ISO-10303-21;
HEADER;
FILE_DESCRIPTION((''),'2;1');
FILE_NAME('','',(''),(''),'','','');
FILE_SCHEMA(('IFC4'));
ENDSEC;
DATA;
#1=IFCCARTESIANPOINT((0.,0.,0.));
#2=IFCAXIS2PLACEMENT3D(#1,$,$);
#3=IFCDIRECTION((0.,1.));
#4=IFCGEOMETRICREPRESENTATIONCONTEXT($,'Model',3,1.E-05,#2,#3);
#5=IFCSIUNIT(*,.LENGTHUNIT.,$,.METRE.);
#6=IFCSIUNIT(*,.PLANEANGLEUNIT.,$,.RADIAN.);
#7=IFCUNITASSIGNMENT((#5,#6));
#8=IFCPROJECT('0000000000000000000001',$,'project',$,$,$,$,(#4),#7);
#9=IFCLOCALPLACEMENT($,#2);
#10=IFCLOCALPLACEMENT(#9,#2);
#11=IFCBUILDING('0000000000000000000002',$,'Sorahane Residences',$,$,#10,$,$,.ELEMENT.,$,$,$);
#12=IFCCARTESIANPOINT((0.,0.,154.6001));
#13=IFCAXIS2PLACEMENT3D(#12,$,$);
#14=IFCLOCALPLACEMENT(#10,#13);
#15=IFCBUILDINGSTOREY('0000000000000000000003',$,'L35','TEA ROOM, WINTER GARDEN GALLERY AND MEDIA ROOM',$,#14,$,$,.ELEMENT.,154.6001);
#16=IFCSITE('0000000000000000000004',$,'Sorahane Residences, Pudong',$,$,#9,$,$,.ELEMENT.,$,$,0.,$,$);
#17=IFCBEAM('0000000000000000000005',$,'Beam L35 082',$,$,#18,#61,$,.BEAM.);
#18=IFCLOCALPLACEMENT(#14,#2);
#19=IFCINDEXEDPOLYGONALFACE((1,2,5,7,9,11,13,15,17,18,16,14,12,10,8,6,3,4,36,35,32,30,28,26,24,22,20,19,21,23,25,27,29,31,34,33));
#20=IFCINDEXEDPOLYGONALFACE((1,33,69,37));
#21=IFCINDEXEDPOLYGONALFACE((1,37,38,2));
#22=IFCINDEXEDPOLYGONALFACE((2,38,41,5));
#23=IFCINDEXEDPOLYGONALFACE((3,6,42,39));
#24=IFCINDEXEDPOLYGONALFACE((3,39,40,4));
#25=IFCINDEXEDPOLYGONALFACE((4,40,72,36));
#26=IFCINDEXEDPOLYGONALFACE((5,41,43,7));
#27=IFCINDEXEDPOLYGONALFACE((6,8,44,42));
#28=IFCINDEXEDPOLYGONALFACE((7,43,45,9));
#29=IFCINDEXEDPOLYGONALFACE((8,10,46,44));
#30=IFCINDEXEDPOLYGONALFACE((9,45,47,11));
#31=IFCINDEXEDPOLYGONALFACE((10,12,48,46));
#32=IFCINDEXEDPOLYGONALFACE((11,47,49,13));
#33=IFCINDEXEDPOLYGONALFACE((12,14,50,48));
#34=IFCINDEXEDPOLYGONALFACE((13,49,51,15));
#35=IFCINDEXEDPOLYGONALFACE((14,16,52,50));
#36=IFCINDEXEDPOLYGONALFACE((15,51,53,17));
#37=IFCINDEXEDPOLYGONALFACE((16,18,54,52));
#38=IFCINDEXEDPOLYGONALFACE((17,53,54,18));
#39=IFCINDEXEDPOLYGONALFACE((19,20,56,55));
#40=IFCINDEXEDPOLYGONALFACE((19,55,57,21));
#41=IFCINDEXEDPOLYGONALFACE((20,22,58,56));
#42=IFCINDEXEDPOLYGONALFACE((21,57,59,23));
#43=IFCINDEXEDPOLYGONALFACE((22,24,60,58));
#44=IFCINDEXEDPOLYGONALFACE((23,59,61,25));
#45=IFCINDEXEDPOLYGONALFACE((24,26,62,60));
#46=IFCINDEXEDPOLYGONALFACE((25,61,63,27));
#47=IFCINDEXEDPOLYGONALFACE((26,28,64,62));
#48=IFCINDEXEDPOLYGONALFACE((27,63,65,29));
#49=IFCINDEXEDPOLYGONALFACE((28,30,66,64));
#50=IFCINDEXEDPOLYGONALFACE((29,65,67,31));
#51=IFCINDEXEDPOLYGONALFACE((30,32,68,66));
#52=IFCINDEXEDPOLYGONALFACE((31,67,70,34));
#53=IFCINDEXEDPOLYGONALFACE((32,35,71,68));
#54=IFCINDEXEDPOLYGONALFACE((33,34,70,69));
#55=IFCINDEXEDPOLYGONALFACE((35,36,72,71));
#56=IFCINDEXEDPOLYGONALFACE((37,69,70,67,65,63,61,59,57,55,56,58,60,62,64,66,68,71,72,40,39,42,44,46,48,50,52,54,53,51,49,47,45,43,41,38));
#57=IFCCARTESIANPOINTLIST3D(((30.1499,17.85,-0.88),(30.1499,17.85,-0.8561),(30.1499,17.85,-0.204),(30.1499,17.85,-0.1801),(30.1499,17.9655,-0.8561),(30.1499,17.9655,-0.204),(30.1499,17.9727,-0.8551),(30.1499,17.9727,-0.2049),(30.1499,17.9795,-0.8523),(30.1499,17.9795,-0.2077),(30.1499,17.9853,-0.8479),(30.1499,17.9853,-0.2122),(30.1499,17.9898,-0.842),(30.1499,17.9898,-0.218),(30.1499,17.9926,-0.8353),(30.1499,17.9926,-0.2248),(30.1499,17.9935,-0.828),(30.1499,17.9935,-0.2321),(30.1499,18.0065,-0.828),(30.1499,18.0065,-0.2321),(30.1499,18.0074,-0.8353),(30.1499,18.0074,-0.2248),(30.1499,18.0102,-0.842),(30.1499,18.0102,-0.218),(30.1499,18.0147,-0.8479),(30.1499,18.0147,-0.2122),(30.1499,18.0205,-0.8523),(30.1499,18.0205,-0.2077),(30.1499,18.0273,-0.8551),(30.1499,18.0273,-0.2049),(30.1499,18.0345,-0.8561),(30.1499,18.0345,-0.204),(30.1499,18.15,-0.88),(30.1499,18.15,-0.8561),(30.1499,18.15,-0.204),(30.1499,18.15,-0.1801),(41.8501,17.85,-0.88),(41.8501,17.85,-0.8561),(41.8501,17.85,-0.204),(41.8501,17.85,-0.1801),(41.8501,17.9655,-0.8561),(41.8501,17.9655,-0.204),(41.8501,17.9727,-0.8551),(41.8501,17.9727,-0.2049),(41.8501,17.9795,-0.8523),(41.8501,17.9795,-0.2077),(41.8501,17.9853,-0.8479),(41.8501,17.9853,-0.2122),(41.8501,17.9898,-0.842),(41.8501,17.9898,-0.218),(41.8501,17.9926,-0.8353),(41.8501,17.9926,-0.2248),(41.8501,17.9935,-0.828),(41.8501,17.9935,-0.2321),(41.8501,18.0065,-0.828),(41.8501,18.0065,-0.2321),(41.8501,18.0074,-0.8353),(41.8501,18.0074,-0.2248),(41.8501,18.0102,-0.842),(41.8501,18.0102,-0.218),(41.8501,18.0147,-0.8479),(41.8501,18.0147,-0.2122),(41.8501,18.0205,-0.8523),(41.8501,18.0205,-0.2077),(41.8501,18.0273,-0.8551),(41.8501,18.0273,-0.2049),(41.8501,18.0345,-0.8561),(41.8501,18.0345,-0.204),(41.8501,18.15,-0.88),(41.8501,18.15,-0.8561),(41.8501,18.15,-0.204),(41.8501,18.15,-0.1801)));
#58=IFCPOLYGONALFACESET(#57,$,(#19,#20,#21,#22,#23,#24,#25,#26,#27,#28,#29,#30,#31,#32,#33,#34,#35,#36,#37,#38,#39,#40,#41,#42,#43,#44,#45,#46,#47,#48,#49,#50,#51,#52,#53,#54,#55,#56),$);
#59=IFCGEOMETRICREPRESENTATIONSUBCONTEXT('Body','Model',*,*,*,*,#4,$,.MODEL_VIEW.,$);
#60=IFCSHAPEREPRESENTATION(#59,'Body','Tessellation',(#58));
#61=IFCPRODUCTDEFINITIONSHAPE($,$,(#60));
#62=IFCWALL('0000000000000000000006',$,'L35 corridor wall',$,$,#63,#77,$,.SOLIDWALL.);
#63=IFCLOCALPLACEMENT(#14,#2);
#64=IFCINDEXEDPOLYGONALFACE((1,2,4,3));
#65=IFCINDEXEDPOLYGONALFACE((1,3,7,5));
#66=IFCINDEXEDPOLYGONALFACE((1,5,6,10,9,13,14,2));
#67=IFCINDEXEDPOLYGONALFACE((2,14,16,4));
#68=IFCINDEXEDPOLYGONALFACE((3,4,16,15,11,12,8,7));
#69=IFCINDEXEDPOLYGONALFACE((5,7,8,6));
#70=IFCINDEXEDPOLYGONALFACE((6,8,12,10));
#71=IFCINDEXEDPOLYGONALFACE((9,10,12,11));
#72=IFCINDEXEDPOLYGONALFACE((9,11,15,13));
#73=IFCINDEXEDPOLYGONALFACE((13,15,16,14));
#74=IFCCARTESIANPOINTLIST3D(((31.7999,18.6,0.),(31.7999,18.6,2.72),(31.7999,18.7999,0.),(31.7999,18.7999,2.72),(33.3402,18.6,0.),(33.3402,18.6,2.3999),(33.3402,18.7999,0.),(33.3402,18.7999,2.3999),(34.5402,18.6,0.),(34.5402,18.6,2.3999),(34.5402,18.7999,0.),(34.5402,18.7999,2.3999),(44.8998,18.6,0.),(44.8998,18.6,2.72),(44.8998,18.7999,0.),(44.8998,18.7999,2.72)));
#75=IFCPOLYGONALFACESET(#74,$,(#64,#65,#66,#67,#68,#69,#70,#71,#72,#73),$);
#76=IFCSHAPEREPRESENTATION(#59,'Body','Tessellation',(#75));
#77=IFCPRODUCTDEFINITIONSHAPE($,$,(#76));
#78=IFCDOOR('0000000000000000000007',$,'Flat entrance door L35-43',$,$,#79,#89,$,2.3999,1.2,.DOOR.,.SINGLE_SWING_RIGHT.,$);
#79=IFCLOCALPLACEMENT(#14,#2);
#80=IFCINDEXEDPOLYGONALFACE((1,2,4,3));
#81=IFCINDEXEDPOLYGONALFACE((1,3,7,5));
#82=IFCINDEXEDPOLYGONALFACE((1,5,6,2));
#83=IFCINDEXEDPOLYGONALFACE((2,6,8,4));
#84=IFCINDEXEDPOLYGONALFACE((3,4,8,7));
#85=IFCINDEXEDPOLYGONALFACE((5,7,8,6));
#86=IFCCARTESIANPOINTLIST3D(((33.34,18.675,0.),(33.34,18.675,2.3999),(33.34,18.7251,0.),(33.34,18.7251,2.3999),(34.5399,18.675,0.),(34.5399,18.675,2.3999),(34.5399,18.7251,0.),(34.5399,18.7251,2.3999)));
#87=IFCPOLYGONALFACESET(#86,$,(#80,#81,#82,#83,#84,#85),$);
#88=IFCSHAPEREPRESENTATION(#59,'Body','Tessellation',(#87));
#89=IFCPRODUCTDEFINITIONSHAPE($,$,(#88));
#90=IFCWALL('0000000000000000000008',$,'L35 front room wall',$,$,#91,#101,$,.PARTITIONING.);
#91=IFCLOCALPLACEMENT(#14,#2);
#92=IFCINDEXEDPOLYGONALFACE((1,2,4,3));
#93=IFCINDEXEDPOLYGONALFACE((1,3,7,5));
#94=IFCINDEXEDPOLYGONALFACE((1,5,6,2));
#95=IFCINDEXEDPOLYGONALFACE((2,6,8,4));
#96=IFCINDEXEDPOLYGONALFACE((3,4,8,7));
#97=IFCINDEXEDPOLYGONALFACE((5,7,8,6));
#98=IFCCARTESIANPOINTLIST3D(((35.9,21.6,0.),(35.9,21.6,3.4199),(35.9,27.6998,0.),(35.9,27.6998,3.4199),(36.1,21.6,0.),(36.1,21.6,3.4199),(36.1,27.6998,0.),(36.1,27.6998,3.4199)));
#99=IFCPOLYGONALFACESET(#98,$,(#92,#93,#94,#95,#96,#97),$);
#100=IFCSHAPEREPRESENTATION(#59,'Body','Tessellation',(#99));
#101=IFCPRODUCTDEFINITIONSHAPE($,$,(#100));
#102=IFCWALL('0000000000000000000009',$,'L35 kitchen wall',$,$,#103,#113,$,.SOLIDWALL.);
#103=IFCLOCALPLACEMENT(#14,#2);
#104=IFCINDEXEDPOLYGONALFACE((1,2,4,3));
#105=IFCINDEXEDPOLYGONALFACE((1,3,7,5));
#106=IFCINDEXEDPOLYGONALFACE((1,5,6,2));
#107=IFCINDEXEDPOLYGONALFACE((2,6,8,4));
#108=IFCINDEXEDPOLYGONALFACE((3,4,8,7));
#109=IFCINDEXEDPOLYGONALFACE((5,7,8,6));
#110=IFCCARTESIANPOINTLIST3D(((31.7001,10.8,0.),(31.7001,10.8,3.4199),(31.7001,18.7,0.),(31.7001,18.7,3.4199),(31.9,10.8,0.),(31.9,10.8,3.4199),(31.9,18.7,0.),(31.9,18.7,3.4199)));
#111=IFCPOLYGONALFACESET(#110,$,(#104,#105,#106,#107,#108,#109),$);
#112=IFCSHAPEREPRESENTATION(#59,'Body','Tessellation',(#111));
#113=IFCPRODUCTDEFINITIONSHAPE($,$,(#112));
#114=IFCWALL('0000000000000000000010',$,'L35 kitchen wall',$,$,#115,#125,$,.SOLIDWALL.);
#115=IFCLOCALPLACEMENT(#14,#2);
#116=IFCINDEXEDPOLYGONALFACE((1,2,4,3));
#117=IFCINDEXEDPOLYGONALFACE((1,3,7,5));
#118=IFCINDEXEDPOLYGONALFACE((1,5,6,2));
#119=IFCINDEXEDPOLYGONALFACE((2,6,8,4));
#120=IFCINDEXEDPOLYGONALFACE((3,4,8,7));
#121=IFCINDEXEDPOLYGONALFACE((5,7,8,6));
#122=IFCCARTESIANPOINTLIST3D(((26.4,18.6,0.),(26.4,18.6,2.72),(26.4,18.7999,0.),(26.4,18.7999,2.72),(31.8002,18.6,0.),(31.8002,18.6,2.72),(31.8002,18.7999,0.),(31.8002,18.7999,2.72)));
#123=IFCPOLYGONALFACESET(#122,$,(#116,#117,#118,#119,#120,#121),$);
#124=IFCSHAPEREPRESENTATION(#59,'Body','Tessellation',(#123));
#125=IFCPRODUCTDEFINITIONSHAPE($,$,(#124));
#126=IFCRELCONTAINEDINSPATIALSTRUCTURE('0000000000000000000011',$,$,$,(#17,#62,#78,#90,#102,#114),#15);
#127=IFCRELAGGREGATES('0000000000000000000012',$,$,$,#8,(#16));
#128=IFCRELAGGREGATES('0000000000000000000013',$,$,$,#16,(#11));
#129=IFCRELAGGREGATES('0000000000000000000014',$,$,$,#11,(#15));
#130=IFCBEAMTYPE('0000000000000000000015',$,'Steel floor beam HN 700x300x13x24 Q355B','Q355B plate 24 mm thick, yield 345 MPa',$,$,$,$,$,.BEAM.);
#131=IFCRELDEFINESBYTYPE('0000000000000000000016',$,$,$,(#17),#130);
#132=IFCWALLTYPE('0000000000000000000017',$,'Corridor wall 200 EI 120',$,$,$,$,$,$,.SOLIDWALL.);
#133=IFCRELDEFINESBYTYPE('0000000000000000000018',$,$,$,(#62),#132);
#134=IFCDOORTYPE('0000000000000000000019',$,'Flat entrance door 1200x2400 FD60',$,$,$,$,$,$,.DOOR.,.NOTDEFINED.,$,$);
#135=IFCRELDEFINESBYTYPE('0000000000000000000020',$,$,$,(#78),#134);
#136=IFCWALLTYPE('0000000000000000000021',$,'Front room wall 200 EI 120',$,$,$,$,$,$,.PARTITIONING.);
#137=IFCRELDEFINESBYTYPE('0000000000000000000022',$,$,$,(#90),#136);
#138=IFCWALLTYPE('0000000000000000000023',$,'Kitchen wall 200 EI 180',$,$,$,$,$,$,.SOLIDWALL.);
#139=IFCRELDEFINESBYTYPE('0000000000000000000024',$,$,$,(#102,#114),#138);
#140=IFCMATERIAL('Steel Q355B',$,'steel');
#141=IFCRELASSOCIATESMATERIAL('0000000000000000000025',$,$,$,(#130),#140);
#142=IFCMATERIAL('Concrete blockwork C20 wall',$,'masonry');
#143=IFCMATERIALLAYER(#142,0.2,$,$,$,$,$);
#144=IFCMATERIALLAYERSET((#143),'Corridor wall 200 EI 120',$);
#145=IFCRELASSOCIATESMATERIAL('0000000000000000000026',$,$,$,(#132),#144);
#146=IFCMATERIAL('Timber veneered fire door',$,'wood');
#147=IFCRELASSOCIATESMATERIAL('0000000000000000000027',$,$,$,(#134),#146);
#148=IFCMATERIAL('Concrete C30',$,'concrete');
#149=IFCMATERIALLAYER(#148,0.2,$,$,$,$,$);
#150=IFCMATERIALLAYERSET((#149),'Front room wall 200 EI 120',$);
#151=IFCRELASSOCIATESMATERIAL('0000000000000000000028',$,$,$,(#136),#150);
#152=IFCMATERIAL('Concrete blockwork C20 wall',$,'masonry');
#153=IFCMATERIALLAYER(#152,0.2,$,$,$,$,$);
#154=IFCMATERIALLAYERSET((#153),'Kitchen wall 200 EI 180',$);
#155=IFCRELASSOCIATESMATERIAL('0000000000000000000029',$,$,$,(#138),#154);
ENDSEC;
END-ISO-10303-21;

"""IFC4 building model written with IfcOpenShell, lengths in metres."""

from ifc_helpers import new_model, si_unit, direction, frame, frame_2d, origin, origin_2d, place, context, subcontext, project, spatial, rectangle, i_section, extrude, material, layer, layer_set, material_profile, profile_set, type_object, element, fill, save


model = new_model("IFC4")

# Units and contexts
model_context = context("Model", 3, precision=1e-05, world=origin(), true_north=direction((0.0, 1.0)))
body_context = subcontext(model_context, "Body", "Model", "MODEL_VIEW")
ifc_project = project(units=[si_unit("LENGTHUNIT", "METRE"), si_unit("PLANEANGLEUNIT", "RADIAN")], contexts=[model_context])

# Site, building, storey
site_placement = place(None, origin())
site = spatial("IfcSite", under=ifc_project, at=site_placement, Name="Sorahane Residences, Pudong", CompositionType="ELEMENT", RefElevation=0.0)
building_placement = place(site_placement, origin())
building = spatial("IfcBuilding", under=site, at=building_placement, Name="Sorahane Residences", CompositionType="ELEMENT")
storey_placement = place(building_placement, frame((0.0, 0.0, 154.6001)))
storey = spatial("IfcBuildingStorey", under=building, at=storey_placement, Name="L35", Description="TEA ROOM, WINTER GARDEN GALLERY AND MEDIA ROOM", CompositionType="ELEMENT", Elevation=154.6001)

# Beam
ifc_material_1 = material(Name="Steel Q355B", Category="steel")
ifc_material_profile_1 = material_profile(ifc_material_1, i_section(OverallWidth=0.3, OverallDepth=0.7, WebThickness=0.0129, FlangeThickness=0.0239, FilletRadius=0.0281, at=origin_2d()), Name="HN 700x300x13x24")
ifc_profile_set_1 = profile_set([ifc_material_profile_1], Name="Steel Q355B")
beam_type_1 = type_object("IfcBeamType", Name="Steel floor beam HN 700x300x13x24 Q355B", Description="Q355B plate 24 mm thick, yield 345 MPa", PredefinedType="BEAM", material=ifc_profile_set_1)
beam_1_placement = place(storey_placement, frame((30.1499, 18.0, -0.53), z_axis=(1.0, 0.0, 0.0), x_axis=(0.0, 1.0, 0.0)))
element("IfcBeam", 1, at=beam_1_placement, inside=storey, type_object=beam_type_1, Name="Beam L35 082", PredefinedType="BEAM", context=body_context, shape_type="SweptSolid", body=[
    extrude(i_section(OverallWidth=0.3, OverallDepth=0.7, WebThickness=0.0129, FlangeThickness=0.0239, FilletRadius=0.0281, at=origin_2d()), origin(), (0.0, 0.0, 1.0), 11.7002),
])

# Wall, opening, door
ifc_material_2 = material(Name="Concrete blockwork C20 wall", Category="masonry")
ifc_layer_1 = layer(ifc_material_2, 0.2)
ifc_layer_set_1 = layer_set([ifc_layer_1], Name="Corridor wall 200 EI 120")
wall_type_1 = type_object("IfcWallType", Name="Corridor wall 200 EI 120", PredefinedType="SOLIDWALL", material=ifc_layer_set_1)
wall_1_placement = place(storey_placement, frame((31.8, 18.7, 0.0), z_axis=(0.0, 0.0, 1.0), x_axis=(1.0, 0.0, 0.0)))
wall_1 = element("IfcWall", 2, at=wall_1_placement, inside=storey, type_object=wall_type_1, Name="L35 corridor wall", PredefinedType="SOLIDWALL", context=body_context, shape_type="SweptSolid", body=[
    extrude(rectangle(XDim=13.0999, YDim=0.2, at=frame_2d((6.5498, 0.0))), origin(), (0.0, 0.0, 1.0), 2.72),
])
opening_1_placement = place(wall_1_placement, frame((1.54, 0.0, 0.0)))
opening_1 = element("IfcOpeningElement", 3, at=opening_1_placement, cuts=wall_1, PredefinedType="OPENING", context=body_context, shape_type="SweptSolid", body=[
    extrude(rectangle(XDim=1.2, YDim=2.3999, at=frame_2d((0.6001, 1.2))), frame((0.0, 0.1099, 0.0), z_axis=(0.0, -1.0, 0.0), x_axis=(1.0, 0.0, 0.0)), (0.0, 0.0, 1.0), 0.22),
])
ifc_material_3 = material(Name="Timber veneered fire door", Category="wood")
door_type_1 = type_object("IfcDoorType", Name="Flat entrance door 1200x2400 FD60", OperationType="NOTDEFINED", PredefinedType="DOOR", material=ifc_material_3)
door_1_placement = place(opening_1_placement, frame((1.2, 0.0, 0.0), z_axis=(0.0, 0.0, 1.0), x_axis=(-1.0, 0.0, 0.0)))
door_1 = element("IfcDoor", 4, at=door_1_placement, inside=storey, type_object=door_type_1, Name="Flat entrance door L35-43", OperationType="SINGLE_SWING_RIGHT", OverallHeight=2.3999, OverallWidth=1.2, PredefinedType="DOOR", context=body_context, shape_type="SweptSolid", body=[
    extrude(rectangle(XDim=1.2, YDim=2.3999, at=frame_2d((0.6001, 1.2))), frame((0.0, 0.0249, 0.0), z_axis=(0.0, -1.0, 0.0), x_axis=(1.0, 0.0, 0.0)), (0.0, 0.0, 1.0), 0.05),
])
fill(opening_1, door_1)

# Walls
ifc_material_4 = material(Name="Concrete C30", Category="concrete")
ifc_layer_2 = layer(ifc_material_4, 0.2)
ifc_layer_set_2 = layer_set([ifc_layer_2], Name="Front room wall 200 EI 120")
wall_type_2 = type_object("IfcWallType", Name="Front room wall 200 EI 120", PredefinedType="PARTITIONING", material=ifc_layer_set_2)
wall_2_placement = place(storey_placement, frame((36.0, 21.6001, 0.0), z_axis=(0.0, 0.0, 1.0), x_axis=(0.0, 1.0, 0.0)))
element("IfcWall", 5, at=wall_2_placement, inside=storey, type_object=wall_type_2, Name="L35 front room wall", PredefinedType="PARTITIONING", context=body_context, shape_type="SweptSolid", body=[
    extrude(rectangle(XDim=6.0999, YDim=0.2, at=frame_2d((3.0498, 0.0))), origin(), (0.0, 0.0, 1.0), 3.4199),
])
ifc_material_5 = material(Name="Concrete blockwork C20 wall", Category="masonry")
ifc_layer_3 = layer(ifc_material_5, 0.2)
ifc_layer_set_3 = layer_set([ifc_layer_3], Name="Kitchen wall 200 EI 180")
wall_type_3 = type_object("IfcWallType", Name="Kitchen wall 200 EI 180", PredefinedType="SOLIDWALL", material=ifc_layer_set_3)
wall_3_placement = place(storey_placement, frame((31.8, 10.8, 0.0), z_axis=(0.0, 0.0, 1.0), x_axis=(0.0, 1.0, 0.0)))
element("IfcWall", 6, at=wall_3_placement, inside=storey, type_object=wall_type_3, Name="L35 kitchen wall", PredefinedType="SOLIDWALL", context=body_context, shape_type="SweptSolid", body=[
    extrude(rectangle(XDim=7.8999, YDim=0.2, at=frame_2d((3.95, 0.0))), origin(), (0.0, 0.0, 1.0), 3.4199),
])
wall_4_placement = place(storey_placement, frame((26.3999, 18.7, 0.0), z_axis=(0.0, 0.0, 1.0), x_axis=(1.0, 0.0, 0.0)))
element("IfcWall", 7, at=wall_4_placement, inside=storey, type_object=wall_type_3, Name="L35 kitchen wall", PredefinedType="SOLIDWALL", context=body_context, shape_type="SweptSolid", body=[
    extrude(rectangle(XDim=5.4001, YDim=0.2, at=frame_2d((2.7002, 0.0))), origin(), (0.0, 0.0, 1.0), 2.72),
])

save(model, "model.ifc")
